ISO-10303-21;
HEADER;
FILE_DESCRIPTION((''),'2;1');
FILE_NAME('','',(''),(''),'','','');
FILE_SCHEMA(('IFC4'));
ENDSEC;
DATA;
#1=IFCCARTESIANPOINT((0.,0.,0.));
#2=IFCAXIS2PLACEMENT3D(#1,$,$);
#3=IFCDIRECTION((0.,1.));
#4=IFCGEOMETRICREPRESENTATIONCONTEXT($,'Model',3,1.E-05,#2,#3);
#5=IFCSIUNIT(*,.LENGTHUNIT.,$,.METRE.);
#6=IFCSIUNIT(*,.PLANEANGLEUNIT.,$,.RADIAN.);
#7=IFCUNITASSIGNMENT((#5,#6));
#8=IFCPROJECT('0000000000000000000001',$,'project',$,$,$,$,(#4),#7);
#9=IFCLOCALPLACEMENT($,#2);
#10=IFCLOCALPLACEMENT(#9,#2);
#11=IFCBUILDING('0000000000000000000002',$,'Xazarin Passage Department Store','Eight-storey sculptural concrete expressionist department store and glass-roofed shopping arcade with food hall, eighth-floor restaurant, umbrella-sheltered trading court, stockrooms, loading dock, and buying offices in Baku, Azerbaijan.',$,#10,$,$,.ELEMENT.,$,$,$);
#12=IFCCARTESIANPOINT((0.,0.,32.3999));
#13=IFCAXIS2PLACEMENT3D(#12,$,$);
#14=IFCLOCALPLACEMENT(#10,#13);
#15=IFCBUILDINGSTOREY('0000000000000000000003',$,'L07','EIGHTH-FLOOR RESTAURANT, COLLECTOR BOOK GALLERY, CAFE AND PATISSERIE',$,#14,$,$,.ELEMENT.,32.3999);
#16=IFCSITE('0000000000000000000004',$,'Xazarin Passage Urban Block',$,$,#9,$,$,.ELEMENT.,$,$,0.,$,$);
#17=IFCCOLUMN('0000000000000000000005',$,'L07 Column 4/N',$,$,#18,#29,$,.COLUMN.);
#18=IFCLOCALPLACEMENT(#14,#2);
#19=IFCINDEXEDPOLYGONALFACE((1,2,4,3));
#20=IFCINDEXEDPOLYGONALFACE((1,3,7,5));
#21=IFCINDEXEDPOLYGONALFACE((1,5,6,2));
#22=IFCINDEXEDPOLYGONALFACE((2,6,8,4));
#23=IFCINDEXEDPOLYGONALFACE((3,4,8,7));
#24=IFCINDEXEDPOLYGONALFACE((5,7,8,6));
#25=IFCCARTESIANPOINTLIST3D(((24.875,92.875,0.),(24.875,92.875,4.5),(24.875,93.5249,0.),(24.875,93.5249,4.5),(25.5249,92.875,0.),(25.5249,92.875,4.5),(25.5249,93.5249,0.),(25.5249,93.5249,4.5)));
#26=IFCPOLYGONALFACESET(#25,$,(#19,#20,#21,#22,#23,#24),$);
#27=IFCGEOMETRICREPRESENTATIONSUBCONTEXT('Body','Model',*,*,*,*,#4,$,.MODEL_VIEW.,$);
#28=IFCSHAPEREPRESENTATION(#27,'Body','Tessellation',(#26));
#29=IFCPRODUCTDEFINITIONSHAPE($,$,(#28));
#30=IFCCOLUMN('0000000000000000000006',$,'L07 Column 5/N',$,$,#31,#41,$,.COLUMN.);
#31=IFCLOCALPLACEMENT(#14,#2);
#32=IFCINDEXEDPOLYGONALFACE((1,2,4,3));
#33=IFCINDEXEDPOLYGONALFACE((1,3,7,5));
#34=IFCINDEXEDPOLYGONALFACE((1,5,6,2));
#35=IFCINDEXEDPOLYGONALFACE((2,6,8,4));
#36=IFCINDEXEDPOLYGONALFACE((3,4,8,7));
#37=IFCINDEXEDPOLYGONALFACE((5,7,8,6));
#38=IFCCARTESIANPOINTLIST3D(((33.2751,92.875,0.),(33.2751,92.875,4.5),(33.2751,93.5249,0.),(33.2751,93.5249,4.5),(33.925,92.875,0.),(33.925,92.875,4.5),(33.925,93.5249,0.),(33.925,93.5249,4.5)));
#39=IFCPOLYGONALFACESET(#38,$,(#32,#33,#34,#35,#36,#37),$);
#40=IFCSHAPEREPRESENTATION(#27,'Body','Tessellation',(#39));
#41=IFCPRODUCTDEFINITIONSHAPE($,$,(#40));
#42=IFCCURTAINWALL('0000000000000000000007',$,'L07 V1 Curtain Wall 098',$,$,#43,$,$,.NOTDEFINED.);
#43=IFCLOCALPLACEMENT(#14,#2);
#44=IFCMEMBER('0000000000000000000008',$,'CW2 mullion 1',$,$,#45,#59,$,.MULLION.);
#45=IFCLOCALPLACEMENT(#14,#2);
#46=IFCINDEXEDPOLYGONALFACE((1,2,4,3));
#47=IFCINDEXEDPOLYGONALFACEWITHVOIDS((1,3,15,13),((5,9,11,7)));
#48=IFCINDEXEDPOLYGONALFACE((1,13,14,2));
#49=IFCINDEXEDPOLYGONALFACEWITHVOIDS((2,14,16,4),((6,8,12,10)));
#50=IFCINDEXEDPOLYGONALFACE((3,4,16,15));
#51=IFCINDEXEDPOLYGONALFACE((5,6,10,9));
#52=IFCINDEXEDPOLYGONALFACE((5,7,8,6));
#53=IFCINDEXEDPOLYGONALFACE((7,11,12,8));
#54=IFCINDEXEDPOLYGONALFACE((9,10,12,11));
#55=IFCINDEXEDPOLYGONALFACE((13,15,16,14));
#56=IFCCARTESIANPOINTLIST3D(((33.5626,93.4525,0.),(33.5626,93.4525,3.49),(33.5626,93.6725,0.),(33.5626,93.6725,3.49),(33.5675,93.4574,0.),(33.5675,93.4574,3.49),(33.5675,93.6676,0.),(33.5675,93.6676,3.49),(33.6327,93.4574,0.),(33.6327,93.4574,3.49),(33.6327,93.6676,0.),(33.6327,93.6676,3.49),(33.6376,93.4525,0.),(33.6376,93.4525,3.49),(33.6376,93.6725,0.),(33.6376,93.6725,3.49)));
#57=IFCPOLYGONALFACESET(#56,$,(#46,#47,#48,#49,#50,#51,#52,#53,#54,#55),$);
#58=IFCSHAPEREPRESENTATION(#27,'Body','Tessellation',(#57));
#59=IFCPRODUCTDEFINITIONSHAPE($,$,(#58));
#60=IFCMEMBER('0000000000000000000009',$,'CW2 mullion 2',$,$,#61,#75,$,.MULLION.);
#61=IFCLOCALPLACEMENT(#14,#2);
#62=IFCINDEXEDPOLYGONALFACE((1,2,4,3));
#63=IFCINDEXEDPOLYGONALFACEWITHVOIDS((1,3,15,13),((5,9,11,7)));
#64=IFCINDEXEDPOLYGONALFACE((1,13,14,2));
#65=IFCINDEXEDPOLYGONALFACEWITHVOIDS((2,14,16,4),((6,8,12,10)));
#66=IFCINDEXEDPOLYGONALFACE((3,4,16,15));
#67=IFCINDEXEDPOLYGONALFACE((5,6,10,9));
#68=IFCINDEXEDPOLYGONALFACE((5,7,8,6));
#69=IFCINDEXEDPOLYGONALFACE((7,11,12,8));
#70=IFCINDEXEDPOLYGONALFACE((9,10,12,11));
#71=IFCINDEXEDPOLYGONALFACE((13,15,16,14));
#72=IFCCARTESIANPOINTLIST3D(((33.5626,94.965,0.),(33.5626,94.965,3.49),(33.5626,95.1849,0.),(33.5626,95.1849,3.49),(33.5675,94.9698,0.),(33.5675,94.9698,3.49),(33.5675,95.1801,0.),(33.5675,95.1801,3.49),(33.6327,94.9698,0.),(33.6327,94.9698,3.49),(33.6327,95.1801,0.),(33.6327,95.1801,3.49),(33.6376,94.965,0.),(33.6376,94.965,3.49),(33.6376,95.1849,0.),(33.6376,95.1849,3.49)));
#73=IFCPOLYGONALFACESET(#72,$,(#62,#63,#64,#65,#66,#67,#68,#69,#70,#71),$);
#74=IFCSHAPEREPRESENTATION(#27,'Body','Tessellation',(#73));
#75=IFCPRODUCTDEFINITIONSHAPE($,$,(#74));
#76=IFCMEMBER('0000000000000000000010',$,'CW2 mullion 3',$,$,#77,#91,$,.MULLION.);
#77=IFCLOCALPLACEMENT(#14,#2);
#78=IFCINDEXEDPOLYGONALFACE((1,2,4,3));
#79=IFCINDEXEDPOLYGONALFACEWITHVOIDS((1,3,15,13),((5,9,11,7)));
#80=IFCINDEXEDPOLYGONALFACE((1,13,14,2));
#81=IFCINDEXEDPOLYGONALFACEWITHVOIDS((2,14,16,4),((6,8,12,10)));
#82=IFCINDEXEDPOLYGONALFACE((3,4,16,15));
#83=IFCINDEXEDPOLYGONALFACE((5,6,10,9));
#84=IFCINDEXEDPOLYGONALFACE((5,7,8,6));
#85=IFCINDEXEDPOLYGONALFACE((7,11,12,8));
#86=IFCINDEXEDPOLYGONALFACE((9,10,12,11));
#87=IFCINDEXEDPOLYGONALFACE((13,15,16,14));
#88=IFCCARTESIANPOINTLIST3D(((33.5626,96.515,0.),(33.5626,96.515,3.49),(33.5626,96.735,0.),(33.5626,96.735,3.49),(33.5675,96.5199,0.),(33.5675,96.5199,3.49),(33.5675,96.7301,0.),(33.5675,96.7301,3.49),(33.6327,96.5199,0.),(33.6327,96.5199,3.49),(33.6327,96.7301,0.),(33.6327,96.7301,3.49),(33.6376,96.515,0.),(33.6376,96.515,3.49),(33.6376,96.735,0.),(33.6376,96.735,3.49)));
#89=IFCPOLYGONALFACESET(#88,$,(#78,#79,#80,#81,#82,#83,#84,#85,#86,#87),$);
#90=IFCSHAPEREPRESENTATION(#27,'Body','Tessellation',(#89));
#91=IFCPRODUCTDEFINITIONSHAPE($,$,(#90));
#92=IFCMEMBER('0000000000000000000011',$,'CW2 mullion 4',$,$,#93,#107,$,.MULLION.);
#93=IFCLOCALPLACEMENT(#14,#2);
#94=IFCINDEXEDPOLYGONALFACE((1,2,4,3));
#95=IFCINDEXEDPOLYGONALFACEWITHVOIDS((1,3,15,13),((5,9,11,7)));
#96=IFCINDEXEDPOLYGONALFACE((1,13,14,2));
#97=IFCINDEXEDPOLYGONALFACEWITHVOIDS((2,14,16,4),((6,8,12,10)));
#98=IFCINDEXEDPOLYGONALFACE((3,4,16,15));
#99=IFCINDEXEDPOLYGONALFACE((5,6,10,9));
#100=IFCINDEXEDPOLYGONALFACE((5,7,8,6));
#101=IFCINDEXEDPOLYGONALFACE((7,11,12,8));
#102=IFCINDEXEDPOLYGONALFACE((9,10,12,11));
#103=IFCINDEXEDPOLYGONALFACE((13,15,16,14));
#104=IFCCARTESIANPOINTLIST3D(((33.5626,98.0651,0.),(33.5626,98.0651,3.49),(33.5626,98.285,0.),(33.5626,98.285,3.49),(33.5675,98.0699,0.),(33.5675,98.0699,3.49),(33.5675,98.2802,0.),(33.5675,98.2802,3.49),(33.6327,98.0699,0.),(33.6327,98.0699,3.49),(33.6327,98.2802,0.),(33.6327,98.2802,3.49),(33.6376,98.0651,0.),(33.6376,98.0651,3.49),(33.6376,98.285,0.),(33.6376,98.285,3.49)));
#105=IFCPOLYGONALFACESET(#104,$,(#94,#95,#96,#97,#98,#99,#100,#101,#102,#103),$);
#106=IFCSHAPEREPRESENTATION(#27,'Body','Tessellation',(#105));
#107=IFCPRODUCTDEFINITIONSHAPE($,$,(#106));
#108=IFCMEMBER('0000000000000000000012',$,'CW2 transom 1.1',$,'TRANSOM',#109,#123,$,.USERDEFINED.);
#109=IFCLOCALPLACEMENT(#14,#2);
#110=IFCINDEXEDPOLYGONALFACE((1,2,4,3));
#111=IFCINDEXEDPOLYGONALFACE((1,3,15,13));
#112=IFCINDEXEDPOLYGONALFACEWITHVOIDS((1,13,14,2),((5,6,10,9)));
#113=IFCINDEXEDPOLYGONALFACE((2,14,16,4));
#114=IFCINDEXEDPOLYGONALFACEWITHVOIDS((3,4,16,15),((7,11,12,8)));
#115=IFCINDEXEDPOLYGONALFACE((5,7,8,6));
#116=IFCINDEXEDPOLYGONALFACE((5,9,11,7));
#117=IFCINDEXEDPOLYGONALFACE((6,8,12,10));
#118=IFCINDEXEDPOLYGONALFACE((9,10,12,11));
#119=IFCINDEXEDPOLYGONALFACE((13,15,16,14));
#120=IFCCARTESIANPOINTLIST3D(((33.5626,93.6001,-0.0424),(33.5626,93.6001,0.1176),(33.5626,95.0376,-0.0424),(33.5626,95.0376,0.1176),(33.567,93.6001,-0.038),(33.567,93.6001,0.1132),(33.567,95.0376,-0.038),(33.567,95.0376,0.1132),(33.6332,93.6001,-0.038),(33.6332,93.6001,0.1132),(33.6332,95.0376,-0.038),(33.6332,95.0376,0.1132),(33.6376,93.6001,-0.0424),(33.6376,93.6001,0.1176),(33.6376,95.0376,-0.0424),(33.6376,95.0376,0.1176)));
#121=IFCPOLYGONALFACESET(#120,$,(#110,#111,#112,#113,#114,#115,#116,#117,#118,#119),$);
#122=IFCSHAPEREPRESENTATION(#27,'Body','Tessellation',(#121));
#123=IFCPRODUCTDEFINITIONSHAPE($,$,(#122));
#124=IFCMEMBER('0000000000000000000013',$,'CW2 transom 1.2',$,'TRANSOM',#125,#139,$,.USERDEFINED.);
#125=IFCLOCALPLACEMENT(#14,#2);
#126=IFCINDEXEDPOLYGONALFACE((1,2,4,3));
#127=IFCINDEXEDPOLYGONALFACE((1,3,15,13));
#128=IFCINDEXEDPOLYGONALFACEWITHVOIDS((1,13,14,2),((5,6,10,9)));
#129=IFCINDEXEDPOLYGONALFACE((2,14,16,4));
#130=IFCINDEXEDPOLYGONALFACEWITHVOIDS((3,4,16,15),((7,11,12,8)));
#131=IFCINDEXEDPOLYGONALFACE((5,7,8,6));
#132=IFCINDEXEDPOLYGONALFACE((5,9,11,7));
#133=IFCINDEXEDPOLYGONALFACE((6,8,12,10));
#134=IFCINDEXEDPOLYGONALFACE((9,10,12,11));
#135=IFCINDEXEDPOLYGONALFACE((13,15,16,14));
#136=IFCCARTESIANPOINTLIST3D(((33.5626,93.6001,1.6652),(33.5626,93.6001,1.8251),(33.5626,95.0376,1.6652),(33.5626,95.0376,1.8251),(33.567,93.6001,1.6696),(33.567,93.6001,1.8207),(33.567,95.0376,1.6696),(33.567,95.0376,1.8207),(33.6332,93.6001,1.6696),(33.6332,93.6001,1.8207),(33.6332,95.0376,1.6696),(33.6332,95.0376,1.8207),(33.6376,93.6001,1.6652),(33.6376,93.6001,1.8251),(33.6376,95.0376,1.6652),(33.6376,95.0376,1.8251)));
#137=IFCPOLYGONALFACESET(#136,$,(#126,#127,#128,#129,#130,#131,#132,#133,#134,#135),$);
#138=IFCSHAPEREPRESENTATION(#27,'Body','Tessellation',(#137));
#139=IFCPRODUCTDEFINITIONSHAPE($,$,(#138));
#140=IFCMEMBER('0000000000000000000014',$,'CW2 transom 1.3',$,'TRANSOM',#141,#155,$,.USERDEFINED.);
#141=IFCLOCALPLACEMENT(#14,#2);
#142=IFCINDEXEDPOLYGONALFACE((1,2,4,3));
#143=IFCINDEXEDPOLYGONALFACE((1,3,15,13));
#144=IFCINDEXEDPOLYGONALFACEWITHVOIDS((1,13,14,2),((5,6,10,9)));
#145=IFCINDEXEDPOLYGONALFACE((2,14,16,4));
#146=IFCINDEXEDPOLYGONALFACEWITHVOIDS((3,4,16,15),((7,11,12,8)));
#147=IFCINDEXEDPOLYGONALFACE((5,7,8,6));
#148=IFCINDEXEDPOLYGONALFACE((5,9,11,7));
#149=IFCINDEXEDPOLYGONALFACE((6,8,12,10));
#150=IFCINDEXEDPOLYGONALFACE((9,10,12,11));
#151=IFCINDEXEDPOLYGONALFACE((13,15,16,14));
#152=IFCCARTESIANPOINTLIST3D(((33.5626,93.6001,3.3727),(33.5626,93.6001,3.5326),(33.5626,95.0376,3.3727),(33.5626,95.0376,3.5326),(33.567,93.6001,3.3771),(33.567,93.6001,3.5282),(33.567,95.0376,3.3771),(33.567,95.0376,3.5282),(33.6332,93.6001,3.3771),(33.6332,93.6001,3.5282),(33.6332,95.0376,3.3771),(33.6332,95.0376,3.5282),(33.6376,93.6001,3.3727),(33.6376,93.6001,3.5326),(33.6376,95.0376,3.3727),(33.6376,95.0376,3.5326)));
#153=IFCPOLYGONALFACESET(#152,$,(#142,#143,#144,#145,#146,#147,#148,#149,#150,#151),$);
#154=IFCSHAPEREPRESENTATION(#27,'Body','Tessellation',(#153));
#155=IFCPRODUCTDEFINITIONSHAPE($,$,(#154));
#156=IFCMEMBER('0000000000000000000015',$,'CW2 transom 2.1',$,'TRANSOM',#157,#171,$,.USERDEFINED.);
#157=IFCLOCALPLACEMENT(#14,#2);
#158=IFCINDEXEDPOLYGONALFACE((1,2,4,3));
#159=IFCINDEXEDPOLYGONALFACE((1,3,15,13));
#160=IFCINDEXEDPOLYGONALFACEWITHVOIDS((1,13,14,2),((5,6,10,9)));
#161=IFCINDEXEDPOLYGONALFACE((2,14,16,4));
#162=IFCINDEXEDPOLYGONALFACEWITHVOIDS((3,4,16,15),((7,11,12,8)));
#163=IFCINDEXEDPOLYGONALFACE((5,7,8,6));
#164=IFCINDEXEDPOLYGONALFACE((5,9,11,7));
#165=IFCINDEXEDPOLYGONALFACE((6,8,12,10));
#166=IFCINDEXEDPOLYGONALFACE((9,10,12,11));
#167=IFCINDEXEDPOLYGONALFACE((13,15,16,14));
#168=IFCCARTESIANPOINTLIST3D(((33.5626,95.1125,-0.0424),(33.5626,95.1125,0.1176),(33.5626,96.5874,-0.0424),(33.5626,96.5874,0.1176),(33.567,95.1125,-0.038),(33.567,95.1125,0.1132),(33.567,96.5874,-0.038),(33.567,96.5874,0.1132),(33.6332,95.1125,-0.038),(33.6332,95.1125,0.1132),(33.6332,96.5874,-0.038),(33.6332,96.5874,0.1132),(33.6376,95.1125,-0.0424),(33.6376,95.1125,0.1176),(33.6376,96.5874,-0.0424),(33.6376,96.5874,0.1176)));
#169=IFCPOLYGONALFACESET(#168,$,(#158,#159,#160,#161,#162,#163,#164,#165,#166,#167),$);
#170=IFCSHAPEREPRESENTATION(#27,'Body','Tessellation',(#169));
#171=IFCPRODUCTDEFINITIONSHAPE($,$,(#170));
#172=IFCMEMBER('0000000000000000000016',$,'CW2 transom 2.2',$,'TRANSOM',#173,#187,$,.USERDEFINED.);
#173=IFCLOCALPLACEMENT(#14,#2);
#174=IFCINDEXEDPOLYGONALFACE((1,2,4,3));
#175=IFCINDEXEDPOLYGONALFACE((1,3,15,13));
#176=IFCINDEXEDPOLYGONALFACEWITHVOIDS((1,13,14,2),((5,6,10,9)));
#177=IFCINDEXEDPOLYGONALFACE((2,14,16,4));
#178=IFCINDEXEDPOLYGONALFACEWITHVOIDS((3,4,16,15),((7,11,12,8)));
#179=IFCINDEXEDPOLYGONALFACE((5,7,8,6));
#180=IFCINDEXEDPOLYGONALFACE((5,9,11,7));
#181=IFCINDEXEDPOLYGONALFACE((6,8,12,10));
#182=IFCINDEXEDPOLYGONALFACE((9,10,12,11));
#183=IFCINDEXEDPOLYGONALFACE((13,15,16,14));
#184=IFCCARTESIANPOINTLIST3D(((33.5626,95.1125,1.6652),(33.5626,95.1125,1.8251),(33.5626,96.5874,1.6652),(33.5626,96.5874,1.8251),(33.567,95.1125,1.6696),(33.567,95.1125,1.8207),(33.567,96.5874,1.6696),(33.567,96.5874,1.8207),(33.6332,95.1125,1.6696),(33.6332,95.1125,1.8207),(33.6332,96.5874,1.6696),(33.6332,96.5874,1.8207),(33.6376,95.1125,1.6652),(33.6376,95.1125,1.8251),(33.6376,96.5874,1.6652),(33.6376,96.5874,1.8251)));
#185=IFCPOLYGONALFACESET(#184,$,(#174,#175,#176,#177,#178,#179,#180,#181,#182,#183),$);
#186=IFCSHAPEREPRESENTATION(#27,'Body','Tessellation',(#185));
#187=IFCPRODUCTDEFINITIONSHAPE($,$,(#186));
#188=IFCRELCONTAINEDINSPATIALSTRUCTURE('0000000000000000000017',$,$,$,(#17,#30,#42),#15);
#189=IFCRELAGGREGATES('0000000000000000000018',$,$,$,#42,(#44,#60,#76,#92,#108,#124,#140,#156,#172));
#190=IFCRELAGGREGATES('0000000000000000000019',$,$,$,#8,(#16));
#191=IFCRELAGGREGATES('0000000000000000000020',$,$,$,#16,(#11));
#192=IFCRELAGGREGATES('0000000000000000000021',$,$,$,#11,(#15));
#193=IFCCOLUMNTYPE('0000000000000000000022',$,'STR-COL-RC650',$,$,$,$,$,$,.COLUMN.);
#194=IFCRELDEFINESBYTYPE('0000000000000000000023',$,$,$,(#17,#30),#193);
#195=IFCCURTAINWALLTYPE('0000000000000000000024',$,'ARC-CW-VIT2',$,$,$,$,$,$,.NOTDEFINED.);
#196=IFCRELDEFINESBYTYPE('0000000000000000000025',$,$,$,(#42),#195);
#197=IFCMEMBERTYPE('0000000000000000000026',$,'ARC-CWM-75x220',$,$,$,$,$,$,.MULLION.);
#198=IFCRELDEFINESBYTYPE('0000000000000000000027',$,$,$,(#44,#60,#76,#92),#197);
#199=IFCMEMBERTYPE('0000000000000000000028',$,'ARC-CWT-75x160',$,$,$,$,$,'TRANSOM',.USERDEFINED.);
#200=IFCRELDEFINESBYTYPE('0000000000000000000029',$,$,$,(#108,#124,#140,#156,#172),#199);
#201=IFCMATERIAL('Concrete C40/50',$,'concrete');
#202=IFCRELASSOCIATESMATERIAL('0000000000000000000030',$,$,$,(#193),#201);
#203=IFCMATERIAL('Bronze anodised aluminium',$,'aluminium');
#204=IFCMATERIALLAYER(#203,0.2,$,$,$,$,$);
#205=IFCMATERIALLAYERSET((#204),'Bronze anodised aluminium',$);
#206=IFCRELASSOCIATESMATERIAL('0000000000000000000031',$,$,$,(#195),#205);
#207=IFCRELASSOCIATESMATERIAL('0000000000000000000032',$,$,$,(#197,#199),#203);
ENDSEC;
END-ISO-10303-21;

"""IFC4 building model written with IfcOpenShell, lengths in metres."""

from ifc_helpers import new_model, si_unit, direction, frame, origin, origin_2d, place, context, subcontext, project, spatial, rectangle, hollow_rectangle, extrude, material, layer, layer_set, material_profile, profile_set, type_object, element, aggregate, save


model = new_model("IFC4")

# Units and contexts
model_context = context("Model", 3, precision=1e-05, world=origin(), true_north=direction((0.0, 1.0)))
body_context = subcontext(model_context, "Body", "Model", "MODEL_VIEW")
ifc_project = project(units=[si_unit("LENGTHUNIT", "METRE"), si_unit("PLANEANGLEUNIT", "RADIAN")], contexts=[model_context])

# Site, building, storey
site_placement = place(None, origin())
site = spatial("IfcSite", under=ifc_project, at=site_placement, Name="Xazarin Passage Urban Block", CompositionType="ELEMENT", RefElevation=0.0)
building_placement = place(site_placement, origin())
building = spatial("IfcBuilding", under=site, at=building_placement, Name="Xazarin Passage Department Store", Description="Eight-storey sculptural concrete expressionist department store and glass-roofed shopping arcade with food hall, eighth-floor restaurant, umbrella-sheltered trading court, stockrooms, loading dock, and buying offices in Baku, Azerbaijan.", CompositionType="ELEMENT")
storey_placement = place(building_placement, frame((0.0, 0.0, 32.3999)))
storey = spatial("IfcBuildingStorey", under=building, at=storey_placement, Name="L07", Description="EIGHTH-FLOOR RESTAURANT, COLLECTOR BOOK GALLERY, CAFE AND PATISSERIE", CompositionType="ELEMENT", Elevation=32.3999)

# Columns
ifc_material_1 = material(Name="Concrete C40/50", Category="concrete")
ifc_material_profile_1 = material_profile(ifc_material_1, rectangle(XDim=0.6499, YDim=0.6499, at=origin_2d()), Name="RC 650x650")
ifc_profile_set_1 = profile_set([ifc_material_profile_1], Name="Concrete C40/50")
column_type = type_object("IfcColumnType", Name="STR-COL-RC650", PredefinedType="COLUMN", material=ifc_profile_set_1)
for number, where, z_axis, x_axis, name in (
    (1, (25.2, 93.2, 0.0), (0.0, 0.0, 1.0), (1.0, 0.0, 0.0), "L07 Column 4/N"),
    (2, (33.6001, 93.2, 0.0), (0.0, 0.0, 1.0), (1.0, 0.0, 0.0), "L07 Column 5/N"),
):
    element("IfcColumn", number, at=place(storey_placement, frame(where, z_axis=z_axis, x_axis=x_axis)), inside=storey, type_object=column_type, Name=name, PredefinedType="COLUMN", context=body_context, shape_type="SweptSolid", body=[
        extrude(rectangle(XDim=0.6499, YDim=0.6499, at=origin_2d()), origin(), (0.0, 0.0, 1.0), 4.5),
    ])

# Curtain wall, members
ifc_material_2 = material(Name="Bronze anodised aluminium", Category="aluminium")
ifc_layer_1 = layer(ifc_material_2, 0.2)
ifc_layer_set_1 = layer_set([ifc_layer_1], Name="Bronze anodised aluminium")
curtain_wall_type = type_object("IfcCurtainWallType", Name="ARC-CW-VIT2", PredefinedType="NOTDEFINED", material=ifc_layer_set_1)
curtain_wall_placement = place(storey_placement, origin())
curtain_wall = element("IfcCurtainWall", 3, at=curtain_wall_placement, inside=storey, type_object=curtain_wall_type, Name="L07 V1 Curtain Wall 098", PredefinedType="NOTDEFINED")
ifc_material_profile_2 = material_profile(ifc_material_2, hollow_rectangle(XDim=0.075, YDim=0.22, WallThickness=0.0049, at=origin_2d()), Name="ALU 75x220")
ifc_profile_set_2 = profile_set([ifc_material_profile_2], Name="Bronze anodised aluminium")
member_type_1 = type_object("IfcMemberType", Name="ARC-CWM-75x220", PredefinedType="MULLION", material=ifc_profile_set_2)
member_1_placement = place(storey_placement, frame((33.6001, 93.5625, 0.0), z_axis=(0.0, 0.0, 1.0), x_axis=(-1.0, 0.0, 0.0)))
member_1 = element("IfcMember", 4, at=member_1_placement, type_object=member_type_1, Name="CW2 mullion 1", PredefinedType="MULLION", context=body_context, shape_type="SweptSolid", body=[
    extrude(hollow_rectangle(XDim=0.075, YDim=0.22, WallThickness=0.0049, at=origin_2d()), origin(), (0.0, 0.0, 1.0), 3.49),
])
member_2_placement = place(storey_placement, frame((33.6001, 95.075, 0.0), z_axis=(0.0, 0.0, 1.0), x_axis=(-1.0, 0.0, 0.0)))
member_2 = element("IfcMember", 5, at=member_2_placement, type_object=member_type_1, Name="CW2 mullion 2", PredefinedType="MULLION", context=body_context, shape_type="SweptSolid", body=[
    extrude(hollow_rectangle(XDim=0.075, YDim=0.22, WallThickness=0.0049, at=origin_2d()), origin(), (0.0, 0.0, 1.0), 3.49),
])
member_3_placement = place(storey_placement, frame((33.6001, 96.625, 0.0), z_axis=(0.0, 0.0, 1.0), x_axis=(-1.0, 0.0, 0.0)))
member_3 = element("IfcMember", 6, at=member_3_placement, type_object=member_type_1, Name="CW2 mullion 3", PredefinedType="MULLION", context=body_context, shape_type="SweptSolid", body=[
    extrude(hollow_rectangle(XDim=0.075, YDim=0.22, WallThickness=0.0049, at=origin_2d()), origin(), (0.0, 0.0, 1.0), 3.49),
])
member_4_placement = place(storey_placement, frame((33.6001, 98.175, 0.0), z_axis=(0.0, 0.0, 1.0), x_axis=(-1.0, 0.0, 0.0)))
member_4 = element("IfcMember", 7, at=member_4_placement, type_object=member_type_1, Name="CW2 mullion 4", PredefinedType="MULLION", context=body_context, shape_type="SweptSolid", body=[
    extrude(hollow_rectangle(XDim=0.075, YDim=0.22, WallThickness=0.0049, at=origin_2d()), origin(), (0.0, 0.0, 1.0), 3.49),
])
ifc_material_profile_3 = material_profile(ifc_material_2, hollow_rectangle(XDim=0.075, YDim=0.1599, WallThickness=0.0044, at=origin_2d()), Name="ALU 75x160")
ifc_profile_set_3 = profile_set([ifc_material_profile_3], Name="Bronze anodised aluminium")
member_type_2 = type_object("IfcMemberType", Name="ARC-CWT-75x160", ElementType="TRANSOM", PredefinedType="USERDEFINED", material=ifc_profile_set_3)
member_5_placement = place(storey_placement, frame((33.6001, 93.6001, 0.0376), z_axis=(0.0, 1.0, 0.0), x_axis=(-1.0, 0.0, 0.0)))
member_5 = element("IfcMember", 8, at=member_5_placement, type_object=member_type_2, Name="CW2 transom 1.1", ObjectType="TRANSOM", PredefinedType="USERDEFINED", context=body_context, shape_type="SweptSolid", body=[
    extrude(hollow_rectangle(XDim=0.075, YDim=0.1599, WallThickness=0.0044, at=origin_2d()), origin(), (0.0, 0.0, 1.0), 1.4375),
])
member_6_placement = place(storey_placement, frame((33.6001, 93.6001, 1.7451), z_axis=(0.0, 1.0, 0.0), x_axis=(-1.0, 0.0, 0.0)))
member_6 = element("IfcMember", 9, at=member_6_placement, type_object=member_type_2, Name="CW2 transom 1.2", ObjectType="TRANSOM", PredefinedType="USERDEFINED", context=body_context, shape_type="SweptSolid", body=[
    extrude(hollow_rectangle(XDim=0.075, YDim=0.1599, WallThickness=0.0044, at=origin_2d()), origin(), (0.0, 0.0, 1.0), 1.4375),
])
member_7_placement = place(storey_placement, frame((33.6001, 93.6001, 3.4526), z_axis=(0.0, 1.0, 0.0), x_axis=(-1.0, 0.0, 0.0)))
member_7 = element("IfcMember", 10, at=member_7_placement, type_object=member_type_2, Name="CW2 transom 1.3", ObjectType="TRANSOM", PredefinedType="USERDEFINED", context=body_context, shape_type="SweptSolid", body=[
    extrude(hollow_rectangle(XDim=0.075, YDim=0.1599, WallThickness=0.0044, at=origin_2d()), origin(), (0.0, 0.0, 1.0), 1.4375),
])
member_8_placement = place(storey_placement, frame((33.6001, 95.1125, 0.0376), z_axis=(0.0, 1.0, 0.0), x_axis=(-1.0, 0.0, 0.0)))
member_8 = element("IfcMember", 11, at=member_8_placement, type_object=member_type_2, Name="CW2 transom 2.1", ObjectType="TRANSOM", PredefinedType="USERDEFINED", context=body_context, shape_type="SweptSolid", body=[
    extrude(hollow_rectangle(XDim=0.075, YDim=0.1599, WallThickness=0.0044, at=origin_2d()), origin(), (0.0, 0.0, 1.0), 1.4749),
])
member_9_placement = place(storey_placement, frame((33.6001, 95.1125, 1.7451), z_axis=(0.0, 1.0, 0.0), x_axis=(-1.0, 0.0, 0.0)))
member_9 = element("IfcMember", 12, at=member_9_placement, type_object=member_type_2, Name="CW2 transom 2.2", ObjectType="TRANSOM", PredefinedType="USERDEFINED", context=body_context, shape_type="SweptSolid", body=[
    extrude(hollow_rectangle(XDim=0.075, YDim=0.1599, WallThickness=0.0044, at=origin_2d()), origin(), (0.0, 0.0, 1.0), 1.4749),
])

aggregate(curtain_wall, [member_1, member_2, member_3, member_4, member_5, member_6, member_7, member_8, member_9])

save(model, "model.ifc")
